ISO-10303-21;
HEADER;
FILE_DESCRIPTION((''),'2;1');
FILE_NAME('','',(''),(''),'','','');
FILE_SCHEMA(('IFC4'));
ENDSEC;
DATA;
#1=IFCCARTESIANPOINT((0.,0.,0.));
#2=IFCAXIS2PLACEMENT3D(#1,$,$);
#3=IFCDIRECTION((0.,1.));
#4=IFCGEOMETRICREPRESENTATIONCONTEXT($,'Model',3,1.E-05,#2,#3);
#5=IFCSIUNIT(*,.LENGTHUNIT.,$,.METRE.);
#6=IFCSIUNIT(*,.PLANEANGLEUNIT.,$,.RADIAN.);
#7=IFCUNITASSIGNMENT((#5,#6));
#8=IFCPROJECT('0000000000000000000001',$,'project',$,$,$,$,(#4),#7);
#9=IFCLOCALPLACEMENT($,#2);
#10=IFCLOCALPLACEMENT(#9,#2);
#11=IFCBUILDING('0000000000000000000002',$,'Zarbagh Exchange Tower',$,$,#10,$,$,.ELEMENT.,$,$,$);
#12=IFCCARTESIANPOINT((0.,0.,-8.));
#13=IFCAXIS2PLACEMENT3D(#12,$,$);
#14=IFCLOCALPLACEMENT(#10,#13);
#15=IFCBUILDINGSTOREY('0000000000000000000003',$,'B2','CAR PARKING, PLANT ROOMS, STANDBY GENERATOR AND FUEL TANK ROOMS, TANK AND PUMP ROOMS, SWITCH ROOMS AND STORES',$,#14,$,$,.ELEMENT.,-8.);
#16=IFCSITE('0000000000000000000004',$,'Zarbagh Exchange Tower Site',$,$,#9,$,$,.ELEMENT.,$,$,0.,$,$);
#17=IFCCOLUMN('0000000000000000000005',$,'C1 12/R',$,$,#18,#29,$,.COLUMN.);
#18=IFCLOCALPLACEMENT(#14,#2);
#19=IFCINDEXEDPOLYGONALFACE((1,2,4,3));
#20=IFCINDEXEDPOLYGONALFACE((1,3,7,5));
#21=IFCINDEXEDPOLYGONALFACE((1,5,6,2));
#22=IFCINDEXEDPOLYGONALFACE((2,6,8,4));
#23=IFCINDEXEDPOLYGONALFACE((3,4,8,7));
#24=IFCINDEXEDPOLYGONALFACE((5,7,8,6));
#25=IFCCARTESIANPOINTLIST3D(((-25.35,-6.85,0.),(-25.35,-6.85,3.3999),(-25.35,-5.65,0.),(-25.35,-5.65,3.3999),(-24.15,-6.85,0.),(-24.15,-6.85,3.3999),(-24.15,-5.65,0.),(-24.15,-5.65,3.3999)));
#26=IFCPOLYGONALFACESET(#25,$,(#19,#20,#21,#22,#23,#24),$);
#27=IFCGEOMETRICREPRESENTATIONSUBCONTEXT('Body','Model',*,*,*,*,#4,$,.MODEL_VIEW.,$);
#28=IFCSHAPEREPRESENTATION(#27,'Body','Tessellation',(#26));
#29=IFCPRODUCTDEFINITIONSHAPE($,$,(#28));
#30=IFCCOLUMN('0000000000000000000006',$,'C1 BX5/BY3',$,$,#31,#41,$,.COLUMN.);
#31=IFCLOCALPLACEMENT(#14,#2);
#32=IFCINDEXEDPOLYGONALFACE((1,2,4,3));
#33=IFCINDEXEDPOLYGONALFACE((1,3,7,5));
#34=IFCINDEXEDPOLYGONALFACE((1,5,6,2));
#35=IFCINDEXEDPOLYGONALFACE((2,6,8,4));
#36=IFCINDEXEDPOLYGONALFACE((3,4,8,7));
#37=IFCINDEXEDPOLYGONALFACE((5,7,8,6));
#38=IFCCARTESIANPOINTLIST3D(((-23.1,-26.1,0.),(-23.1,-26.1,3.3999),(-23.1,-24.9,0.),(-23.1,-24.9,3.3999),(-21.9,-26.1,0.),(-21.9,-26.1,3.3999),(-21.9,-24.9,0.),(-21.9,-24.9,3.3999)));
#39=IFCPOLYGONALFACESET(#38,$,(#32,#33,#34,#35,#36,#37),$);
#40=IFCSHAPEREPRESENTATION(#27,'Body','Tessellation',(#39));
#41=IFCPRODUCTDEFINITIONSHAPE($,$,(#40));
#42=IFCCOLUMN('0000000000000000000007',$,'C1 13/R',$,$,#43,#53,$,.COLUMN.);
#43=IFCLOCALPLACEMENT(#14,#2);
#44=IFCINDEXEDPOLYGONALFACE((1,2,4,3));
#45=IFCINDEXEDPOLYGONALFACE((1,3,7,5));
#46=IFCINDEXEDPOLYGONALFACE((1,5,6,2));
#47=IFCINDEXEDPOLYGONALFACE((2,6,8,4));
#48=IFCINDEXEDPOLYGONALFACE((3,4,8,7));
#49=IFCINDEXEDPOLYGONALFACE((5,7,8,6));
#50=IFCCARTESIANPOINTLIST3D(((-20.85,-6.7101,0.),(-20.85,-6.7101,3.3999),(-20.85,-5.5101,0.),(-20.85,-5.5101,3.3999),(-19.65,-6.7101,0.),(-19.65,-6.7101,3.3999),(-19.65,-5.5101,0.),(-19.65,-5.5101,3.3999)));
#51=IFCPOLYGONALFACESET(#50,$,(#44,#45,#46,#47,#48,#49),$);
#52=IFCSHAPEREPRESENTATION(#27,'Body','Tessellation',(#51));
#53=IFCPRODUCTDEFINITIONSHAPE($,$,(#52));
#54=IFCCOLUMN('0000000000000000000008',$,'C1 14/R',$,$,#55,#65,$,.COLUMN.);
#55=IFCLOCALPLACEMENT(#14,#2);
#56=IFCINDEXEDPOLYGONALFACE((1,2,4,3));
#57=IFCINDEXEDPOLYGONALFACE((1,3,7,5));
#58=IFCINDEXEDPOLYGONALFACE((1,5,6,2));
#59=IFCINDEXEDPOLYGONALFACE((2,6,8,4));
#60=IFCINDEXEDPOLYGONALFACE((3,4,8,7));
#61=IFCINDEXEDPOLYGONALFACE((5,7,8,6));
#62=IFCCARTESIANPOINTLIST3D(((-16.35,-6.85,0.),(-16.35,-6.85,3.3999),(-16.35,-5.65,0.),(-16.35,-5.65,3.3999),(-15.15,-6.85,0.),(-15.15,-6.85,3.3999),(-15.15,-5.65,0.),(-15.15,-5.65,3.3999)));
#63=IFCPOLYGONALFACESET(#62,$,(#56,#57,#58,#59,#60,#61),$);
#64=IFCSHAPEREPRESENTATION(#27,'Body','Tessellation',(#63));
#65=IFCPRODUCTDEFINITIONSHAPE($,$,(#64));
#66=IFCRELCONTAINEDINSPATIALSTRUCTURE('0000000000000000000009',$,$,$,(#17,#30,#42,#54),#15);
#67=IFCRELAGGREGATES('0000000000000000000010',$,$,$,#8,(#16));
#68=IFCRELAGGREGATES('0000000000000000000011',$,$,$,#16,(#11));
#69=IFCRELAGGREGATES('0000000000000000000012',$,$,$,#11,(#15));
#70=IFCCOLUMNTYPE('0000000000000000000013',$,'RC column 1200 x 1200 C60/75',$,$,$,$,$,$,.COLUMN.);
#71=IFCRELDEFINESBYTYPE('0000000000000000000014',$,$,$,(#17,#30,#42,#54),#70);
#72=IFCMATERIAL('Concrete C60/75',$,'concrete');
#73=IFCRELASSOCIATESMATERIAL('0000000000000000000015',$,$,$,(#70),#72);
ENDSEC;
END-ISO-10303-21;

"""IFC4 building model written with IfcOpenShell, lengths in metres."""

from ifc_helpers import new_model, si_unit, direction, frame, origin, origin_2d, place, context, subcontext, project, spatial, rectangle, extrude, material, material_profile, profile_set, type_object, element, save


model = new_model("IFC4")

# Units and contexts
model_context = context("Model", 3, precision=1e-05, world=origin(), true_north=direction((0.0, 1.0)))
body_context = subcontext(model_context, "Body", "Model", "MODEL_VIEW")
ifc_project = project(units=[si_unit("LENGTHUNIT", "METRE"), si_unit("PLANEANGLEUNIT", "RADIAN")], contexts=[model_context])

# Site, building, storey
site_placement = place(None, origin())
site = spatial("IfcSite", under=ifc_project, at=site_placement, Name="Zarbagh Exchange Tower Site", CompositionType="ELEMENT", RefElevation=0.0)
building_placement = place(site_placement, origin())
building = spatial("IfcBuilding", under=site, at=building_placement, Name="Zarbagh Exchange Tower", CompositionType="ELEMENT")
storey_placement = place(building_placement, frame((0.0, 0.0, -8.0)))
storey = spatial("IfcBuildingStorey", under=building, at=storey_placement, Name="B2", Description="CAR PARKING, PLANT ROOMS, STANDBY GENERATOR AND FUEL TANK ROOMS, TANK AND PUMP ROOMS, SWITCH ROOMS AND STORES", CompositionType="ELEMENT", Elevation=-8.0)

# Columns
ifc_material_1 = material(Name="Concrete C60/75", Category="concrete")
ifc_material_profile_1 = material_profile(ifc_material_1, rectangle(XDim=1.2, YDim=1.2, at=origin_2d()), Name="RC column 1200 x 1200 C60/75")
ifc_profile_set_1 = profile_set([ifc_material_profile_1], Name="Concrete C60/75")
column_type = type_object("IfcColumnType", Name="RC column 1200 x 1200 C60/75", PredefinedType="COLUMN", material=ifc_profile_set_1)
for number, where, z_axis, x_axis, name in (
    (1, (-24.75, -6.25, 0.0), (0.0, 0.0, 1.0), (1.0, 0.0, 0.0), "C1 12/R"),
    (2, (-22.5, -25.5, 0.0), (0.0, 0.0, 1.0), (1.0, 0.0, 0.0), "C1 BX5/BY3"),
    (3, (-20.25, -6.1101, 0.0), (0.0, 0.0, 1.0), (1.0, 0.0, 0.0), "C1 13/R"),
    (4, (-15.75, -6.25, 0.0), (0.0, 0.0, 1.0), (1.0, 0.0, 0.0), "C1 14/R"),
):
    element("IfcColumn", number, at=place(storey_placement, frame(where, z_axis=z_axis, x_axis=x_axis)), inside=storey, type_object=column_type, Name=name, PredefinedType="COLUMN", context=body_context, shape_type="SweptSolid", body=[
        extrude(rectangle(XDim=1.2, YDim=1.2, at=origin_2d()), origin(), (0.0, 0.0, 1.0), 3.3999),
    ])

save(model, "model.ifc")
